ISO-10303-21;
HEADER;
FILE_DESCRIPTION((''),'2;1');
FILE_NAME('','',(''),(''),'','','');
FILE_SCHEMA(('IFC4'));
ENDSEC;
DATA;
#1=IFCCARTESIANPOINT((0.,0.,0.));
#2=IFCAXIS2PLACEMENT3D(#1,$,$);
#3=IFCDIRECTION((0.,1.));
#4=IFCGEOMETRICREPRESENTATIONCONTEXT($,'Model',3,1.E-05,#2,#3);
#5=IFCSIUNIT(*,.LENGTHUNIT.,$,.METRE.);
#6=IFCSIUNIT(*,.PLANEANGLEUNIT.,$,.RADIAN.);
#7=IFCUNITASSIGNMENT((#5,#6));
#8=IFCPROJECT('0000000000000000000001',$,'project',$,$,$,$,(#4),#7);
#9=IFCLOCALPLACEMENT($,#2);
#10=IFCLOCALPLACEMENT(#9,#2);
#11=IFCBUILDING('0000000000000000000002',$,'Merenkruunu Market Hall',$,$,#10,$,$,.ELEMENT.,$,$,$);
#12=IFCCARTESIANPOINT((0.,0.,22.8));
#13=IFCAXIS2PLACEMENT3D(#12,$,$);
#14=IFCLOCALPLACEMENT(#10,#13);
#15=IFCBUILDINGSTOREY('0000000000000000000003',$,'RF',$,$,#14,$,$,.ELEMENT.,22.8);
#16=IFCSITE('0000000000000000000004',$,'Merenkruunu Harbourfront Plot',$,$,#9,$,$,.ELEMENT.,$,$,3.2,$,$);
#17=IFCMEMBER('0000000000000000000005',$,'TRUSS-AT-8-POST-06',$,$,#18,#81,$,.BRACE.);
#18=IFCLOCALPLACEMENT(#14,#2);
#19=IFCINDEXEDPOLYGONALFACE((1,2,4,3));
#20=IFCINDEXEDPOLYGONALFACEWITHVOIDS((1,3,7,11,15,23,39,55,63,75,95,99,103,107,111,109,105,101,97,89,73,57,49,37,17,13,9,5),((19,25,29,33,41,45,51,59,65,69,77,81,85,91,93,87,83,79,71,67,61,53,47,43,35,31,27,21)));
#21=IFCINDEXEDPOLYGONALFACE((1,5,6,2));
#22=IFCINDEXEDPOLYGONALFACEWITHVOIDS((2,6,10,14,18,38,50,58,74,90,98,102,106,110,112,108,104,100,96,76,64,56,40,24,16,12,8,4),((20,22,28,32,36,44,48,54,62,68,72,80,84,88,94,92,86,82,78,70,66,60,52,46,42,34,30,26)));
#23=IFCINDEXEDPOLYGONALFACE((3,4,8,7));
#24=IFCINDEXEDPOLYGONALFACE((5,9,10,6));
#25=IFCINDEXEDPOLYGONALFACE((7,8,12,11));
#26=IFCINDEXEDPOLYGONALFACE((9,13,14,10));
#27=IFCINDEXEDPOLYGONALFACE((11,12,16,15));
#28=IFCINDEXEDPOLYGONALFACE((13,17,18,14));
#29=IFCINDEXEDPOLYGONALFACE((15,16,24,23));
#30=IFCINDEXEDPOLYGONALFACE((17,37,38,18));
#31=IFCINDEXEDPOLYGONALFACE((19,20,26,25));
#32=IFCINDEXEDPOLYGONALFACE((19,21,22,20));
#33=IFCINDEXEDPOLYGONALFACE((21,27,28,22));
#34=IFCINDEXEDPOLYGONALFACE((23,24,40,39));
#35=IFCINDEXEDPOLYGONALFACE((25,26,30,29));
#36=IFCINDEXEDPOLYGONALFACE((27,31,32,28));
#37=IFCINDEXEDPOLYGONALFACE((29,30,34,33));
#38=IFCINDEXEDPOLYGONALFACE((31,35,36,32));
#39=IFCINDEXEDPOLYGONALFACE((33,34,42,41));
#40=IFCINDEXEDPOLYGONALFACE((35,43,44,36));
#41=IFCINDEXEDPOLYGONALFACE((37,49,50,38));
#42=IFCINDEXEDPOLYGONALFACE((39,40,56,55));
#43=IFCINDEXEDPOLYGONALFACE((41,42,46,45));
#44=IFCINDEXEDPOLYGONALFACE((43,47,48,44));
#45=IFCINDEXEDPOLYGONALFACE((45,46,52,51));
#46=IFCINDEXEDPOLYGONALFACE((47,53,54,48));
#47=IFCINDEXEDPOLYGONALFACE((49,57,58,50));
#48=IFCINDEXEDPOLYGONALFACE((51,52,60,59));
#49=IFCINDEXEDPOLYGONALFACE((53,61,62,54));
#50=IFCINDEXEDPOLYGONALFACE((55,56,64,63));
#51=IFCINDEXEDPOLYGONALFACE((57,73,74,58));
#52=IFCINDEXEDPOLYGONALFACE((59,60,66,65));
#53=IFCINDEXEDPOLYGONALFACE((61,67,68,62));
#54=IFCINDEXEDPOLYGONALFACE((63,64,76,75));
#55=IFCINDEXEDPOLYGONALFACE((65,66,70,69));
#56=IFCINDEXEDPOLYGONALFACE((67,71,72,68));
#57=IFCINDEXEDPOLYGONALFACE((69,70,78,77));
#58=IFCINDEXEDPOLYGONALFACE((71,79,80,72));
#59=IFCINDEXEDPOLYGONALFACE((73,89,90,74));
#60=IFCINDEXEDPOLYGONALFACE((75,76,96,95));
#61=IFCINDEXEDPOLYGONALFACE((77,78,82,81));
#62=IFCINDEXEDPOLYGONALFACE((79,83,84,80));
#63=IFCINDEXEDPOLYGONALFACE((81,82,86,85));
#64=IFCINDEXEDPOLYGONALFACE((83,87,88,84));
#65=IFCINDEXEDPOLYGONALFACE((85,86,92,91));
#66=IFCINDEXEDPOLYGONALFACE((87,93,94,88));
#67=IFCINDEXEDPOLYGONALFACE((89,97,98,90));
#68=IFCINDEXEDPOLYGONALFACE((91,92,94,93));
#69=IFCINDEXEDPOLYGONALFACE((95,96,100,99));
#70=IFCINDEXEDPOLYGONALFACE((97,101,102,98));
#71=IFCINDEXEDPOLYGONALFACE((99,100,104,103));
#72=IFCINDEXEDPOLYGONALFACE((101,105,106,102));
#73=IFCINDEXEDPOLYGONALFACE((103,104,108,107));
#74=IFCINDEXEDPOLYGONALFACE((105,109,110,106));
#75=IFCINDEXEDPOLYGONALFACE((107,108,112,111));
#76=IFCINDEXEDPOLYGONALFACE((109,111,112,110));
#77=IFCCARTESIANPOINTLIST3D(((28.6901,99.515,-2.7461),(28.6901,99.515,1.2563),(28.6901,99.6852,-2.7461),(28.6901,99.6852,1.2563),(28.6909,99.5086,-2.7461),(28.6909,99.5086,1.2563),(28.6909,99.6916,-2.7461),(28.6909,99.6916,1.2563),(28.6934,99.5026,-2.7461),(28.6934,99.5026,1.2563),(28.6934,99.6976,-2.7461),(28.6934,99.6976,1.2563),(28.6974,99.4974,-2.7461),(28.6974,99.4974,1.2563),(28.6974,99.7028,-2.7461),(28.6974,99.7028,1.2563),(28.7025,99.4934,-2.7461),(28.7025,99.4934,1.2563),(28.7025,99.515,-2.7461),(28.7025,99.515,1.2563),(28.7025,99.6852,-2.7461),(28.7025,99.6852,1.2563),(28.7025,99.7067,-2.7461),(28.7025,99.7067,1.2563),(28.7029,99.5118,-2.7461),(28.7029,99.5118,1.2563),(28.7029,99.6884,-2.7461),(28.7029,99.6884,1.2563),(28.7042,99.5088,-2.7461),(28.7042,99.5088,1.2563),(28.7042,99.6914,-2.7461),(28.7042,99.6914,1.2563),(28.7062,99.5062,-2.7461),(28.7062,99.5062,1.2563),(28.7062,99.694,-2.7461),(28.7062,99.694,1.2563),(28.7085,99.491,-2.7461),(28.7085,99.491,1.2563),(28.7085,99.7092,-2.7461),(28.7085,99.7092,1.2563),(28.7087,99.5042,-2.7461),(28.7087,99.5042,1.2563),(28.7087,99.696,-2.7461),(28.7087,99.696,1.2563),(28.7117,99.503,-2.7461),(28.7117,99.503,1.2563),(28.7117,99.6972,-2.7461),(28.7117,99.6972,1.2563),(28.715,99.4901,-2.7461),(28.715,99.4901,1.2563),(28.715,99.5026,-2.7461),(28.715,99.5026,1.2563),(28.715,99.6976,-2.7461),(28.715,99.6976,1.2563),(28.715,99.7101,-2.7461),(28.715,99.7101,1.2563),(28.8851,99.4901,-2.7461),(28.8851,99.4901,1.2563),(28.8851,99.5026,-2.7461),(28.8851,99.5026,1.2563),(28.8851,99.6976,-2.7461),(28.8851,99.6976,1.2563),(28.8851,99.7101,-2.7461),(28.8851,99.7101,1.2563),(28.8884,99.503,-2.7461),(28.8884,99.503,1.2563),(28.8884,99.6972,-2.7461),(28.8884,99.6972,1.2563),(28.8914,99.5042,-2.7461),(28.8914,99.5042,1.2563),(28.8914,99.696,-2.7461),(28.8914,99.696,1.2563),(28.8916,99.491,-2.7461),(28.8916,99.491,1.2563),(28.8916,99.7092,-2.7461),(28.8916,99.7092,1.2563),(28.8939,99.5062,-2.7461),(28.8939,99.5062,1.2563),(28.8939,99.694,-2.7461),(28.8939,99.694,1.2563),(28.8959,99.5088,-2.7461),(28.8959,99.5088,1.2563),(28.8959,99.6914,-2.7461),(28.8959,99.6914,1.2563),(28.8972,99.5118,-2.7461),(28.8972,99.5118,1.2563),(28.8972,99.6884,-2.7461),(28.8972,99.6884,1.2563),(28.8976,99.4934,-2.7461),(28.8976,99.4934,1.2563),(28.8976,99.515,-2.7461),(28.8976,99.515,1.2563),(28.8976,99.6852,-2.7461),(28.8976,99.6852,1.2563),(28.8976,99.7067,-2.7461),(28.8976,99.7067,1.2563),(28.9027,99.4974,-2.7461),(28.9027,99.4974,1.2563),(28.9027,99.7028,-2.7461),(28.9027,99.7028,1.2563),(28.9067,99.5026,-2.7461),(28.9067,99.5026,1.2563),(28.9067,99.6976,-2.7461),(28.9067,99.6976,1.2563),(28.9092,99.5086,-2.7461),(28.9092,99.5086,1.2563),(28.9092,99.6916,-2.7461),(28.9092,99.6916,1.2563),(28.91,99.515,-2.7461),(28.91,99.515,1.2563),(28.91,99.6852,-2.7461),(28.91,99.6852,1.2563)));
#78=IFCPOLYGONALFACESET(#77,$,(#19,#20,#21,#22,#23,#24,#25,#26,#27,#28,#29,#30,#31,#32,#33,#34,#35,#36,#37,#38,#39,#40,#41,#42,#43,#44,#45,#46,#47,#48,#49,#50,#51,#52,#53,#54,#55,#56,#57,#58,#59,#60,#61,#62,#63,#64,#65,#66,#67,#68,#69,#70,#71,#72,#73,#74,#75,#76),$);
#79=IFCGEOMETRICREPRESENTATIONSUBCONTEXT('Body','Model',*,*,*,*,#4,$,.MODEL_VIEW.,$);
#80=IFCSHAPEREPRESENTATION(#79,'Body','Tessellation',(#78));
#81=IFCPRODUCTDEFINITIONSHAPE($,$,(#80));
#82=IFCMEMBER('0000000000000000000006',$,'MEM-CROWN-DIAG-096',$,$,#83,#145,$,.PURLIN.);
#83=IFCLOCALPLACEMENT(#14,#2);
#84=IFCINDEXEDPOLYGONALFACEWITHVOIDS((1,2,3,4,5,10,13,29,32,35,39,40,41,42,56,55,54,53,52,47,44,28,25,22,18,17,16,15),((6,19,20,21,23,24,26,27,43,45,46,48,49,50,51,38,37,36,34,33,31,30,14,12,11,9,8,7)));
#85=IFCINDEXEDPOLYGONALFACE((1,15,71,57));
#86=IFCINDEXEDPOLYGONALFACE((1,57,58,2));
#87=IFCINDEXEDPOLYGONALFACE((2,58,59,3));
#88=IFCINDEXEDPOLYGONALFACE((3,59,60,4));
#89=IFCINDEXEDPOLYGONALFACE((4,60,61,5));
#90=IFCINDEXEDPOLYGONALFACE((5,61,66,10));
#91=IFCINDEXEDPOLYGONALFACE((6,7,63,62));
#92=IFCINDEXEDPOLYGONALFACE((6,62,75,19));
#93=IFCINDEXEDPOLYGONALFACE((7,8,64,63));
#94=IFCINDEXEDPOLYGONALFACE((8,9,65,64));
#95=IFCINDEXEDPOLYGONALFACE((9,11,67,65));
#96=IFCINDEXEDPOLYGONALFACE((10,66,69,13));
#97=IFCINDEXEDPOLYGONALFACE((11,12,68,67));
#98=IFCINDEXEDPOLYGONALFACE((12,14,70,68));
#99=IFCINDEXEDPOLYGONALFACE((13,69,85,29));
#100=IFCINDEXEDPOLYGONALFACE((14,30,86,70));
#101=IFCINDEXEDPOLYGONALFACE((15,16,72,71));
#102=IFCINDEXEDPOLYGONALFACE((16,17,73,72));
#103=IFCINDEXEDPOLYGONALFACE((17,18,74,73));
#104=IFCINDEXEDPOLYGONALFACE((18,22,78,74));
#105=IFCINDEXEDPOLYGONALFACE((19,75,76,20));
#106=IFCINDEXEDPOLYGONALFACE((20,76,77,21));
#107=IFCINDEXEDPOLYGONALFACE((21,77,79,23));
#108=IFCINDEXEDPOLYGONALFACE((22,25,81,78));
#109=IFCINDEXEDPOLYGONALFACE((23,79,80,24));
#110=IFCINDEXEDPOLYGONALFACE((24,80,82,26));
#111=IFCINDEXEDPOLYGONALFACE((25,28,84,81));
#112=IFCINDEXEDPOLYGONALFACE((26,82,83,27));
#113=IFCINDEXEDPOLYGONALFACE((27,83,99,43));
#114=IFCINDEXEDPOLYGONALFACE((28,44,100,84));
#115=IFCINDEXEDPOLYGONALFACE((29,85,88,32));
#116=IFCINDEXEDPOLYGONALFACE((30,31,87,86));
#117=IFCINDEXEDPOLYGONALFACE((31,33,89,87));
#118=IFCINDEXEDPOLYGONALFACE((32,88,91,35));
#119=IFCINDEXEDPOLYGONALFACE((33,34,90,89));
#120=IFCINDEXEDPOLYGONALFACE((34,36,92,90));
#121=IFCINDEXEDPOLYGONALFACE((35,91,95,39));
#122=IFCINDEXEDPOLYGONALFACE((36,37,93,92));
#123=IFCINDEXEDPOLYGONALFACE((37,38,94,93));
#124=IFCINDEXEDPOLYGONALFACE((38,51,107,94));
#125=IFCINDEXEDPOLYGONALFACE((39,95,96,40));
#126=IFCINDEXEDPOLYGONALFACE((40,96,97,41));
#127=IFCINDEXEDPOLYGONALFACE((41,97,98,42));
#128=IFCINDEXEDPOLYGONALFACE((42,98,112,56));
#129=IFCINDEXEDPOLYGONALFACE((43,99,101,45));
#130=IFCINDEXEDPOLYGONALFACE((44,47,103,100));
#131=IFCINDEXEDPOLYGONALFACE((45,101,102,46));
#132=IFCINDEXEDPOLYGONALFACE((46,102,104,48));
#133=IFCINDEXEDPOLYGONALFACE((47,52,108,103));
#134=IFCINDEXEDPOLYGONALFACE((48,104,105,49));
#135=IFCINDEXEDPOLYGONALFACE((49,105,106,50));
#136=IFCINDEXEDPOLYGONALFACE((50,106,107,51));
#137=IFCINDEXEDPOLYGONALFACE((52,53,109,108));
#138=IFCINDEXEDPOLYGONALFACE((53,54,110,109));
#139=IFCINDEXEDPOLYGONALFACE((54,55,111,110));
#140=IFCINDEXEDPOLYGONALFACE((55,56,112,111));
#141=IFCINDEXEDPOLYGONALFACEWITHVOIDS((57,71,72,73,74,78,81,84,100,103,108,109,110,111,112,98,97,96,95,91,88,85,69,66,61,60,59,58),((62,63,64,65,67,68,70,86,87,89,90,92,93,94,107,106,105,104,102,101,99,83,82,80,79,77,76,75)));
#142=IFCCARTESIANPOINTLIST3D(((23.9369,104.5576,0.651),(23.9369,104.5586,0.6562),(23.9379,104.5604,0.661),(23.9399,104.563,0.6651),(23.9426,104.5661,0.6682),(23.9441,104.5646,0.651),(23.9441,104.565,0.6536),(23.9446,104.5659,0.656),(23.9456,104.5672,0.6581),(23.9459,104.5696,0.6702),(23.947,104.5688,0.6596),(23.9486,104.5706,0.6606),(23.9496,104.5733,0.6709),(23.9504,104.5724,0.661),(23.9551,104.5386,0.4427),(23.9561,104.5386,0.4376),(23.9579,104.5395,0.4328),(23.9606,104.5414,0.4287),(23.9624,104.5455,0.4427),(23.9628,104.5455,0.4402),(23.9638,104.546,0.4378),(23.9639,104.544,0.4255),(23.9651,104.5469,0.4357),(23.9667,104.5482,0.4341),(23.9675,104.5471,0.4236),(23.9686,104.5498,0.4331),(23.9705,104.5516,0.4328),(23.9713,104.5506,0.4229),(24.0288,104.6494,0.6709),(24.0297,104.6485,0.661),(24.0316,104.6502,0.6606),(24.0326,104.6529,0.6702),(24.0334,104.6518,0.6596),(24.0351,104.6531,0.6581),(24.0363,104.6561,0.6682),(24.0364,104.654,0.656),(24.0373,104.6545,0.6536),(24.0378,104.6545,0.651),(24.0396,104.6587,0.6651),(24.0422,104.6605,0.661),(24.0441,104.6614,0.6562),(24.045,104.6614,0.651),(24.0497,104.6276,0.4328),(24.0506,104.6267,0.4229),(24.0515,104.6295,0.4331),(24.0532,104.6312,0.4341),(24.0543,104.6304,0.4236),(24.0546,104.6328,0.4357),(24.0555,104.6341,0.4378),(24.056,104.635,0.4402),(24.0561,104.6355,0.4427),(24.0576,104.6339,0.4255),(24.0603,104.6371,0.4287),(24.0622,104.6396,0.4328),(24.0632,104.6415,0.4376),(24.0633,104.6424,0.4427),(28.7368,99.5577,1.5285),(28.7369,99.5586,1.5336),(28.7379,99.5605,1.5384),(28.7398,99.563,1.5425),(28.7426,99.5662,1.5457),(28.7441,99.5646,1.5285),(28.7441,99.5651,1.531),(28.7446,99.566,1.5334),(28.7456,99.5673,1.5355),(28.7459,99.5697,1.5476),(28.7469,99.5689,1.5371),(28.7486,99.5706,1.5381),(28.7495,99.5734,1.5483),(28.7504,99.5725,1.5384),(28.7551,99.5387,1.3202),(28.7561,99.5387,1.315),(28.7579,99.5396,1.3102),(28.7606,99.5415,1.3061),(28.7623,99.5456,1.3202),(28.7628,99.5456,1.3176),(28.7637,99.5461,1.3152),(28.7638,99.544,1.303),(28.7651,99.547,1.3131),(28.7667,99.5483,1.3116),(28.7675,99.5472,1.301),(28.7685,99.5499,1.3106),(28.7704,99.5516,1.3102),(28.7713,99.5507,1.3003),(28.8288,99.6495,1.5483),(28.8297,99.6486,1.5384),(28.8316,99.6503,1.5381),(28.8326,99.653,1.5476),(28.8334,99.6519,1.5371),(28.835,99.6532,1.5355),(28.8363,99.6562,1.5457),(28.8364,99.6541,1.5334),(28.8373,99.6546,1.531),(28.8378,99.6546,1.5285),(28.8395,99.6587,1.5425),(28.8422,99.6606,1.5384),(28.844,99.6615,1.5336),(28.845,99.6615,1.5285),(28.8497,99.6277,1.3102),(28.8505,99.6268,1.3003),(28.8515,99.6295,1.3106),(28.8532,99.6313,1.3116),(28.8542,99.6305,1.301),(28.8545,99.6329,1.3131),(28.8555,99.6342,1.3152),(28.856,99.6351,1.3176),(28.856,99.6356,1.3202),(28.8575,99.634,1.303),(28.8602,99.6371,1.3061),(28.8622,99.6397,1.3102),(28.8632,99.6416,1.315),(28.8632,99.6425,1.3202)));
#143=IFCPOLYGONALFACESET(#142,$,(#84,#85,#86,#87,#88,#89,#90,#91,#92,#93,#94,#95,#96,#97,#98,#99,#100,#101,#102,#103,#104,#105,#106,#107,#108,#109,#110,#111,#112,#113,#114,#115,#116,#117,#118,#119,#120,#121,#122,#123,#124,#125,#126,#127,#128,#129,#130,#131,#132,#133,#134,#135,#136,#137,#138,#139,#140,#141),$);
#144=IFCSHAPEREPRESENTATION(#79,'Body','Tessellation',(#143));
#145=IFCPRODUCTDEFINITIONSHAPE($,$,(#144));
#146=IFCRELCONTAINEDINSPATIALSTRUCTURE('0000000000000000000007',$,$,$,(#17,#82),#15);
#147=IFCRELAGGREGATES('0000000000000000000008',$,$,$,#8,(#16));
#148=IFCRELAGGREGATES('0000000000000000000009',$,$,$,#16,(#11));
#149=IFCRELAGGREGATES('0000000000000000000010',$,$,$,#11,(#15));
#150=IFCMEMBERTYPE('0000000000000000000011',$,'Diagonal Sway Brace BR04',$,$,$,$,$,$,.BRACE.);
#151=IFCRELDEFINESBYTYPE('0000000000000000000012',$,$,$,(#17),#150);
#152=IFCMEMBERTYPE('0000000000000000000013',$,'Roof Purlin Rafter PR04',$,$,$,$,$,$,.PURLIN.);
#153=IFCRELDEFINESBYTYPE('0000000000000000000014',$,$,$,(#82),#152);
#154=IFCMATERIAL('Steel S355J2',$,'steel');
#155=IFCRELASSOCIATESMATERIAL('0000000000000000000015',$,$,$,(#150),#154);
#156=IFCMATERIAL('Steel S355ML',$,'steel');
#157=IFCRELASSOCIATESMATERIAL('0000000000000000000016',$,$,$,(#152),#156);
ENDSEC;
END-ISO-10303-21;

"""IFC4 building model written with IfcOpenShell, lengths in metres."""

from ifc_helpers import new_model, si_unit, direction, frame, origin, origin_2d, place, context, subcontext, project, spatial, hollow_rectangle, extrude, material, material_profile, profile_set, type_object, element, save


model = new_model("IFC4")

# Units and contexts
model_context = context("Model", 3, precision=1e-05, world=origin(), true_north=direction((0.0, 1.0)))
body_context = subcontext(model_context, "Body", "Model", "MODEL_VIEW")
ifc_project = project(units=[si_unit("LENGTHUNIT", "METRE"), si_unit("PLANEANGLEUNIT", "RADIAN")], contexts=[model_context])

# Site, building, storey
site_placement = place(None, origin())
site = spatial("IfcSite", under=ifc_project, at=site_placement, Name="Merenkruunu Harbourfront Plot", CompositionType="ELEMENT", RefElevation=3.2)
building_placement = place(site_placement, origin())
building = spatial("IfcBuilding", under=site, at=building_placement, Name="Merenkruunu Market Hall", CompositionType="ELEMENT")
storey_placement = place(building_placement, frame((0.0, 0.0, 22.8)))
storey = spatial("IfcBuildingStorey", under=building, at=storey_placement, Name="RF", CompositionType="ELEMENT", Elevation=22.8)

# Members
ifc_material_1 = material(Name="Steel S355ML", Category="steel")
ifc_material_2 = material(Name="Steel S355J2", Category="steel")
ifc_material_profile_1 = material_profile(ifc_material_2, hollow_rectangle(XDim=0.22, YDim=0.22, WallThickness=0.0125, InnerFilletRadius=0.0125, OuterFilletRadius=0.0249, at=origin_2d()), Name="SHS 220x220x12.5")
ifc_profile_set_1 = profile_set([ifc_material_profile_1], Name="Steel S355J2")
member_type_1 = type_object("IfcMemberType", Name="Diagonal Sway Brace BR04", PredefinedType="BRACE", material=ifc_profile_set_1)
member_1_placement = place(storey_placement, frame((28.8, 99.6001, -2.7461), z_axis=(0.0, 0.0, 1.0), x_axis=(1.0, 0.0, 0.0)))
element("IfcMember", 1, at=member_1_placement, inside=storey, type_object=member_type_1, Name="TRUSS-AT-8-POST-06", PredefinedType="BRACE", context=body_context, shape_type="SweptSolid", body=[
    extrude(hollow_rectangle(XDim=0.22, YDim=0.22, WallThickness=0.0125, InnerFilletRadius=0.0125, OuterFilletRadius=0.0249, at=origin_2d()), origin(), (0.0, 0.0, 1.0), 4.0024),
])
ifc_material_profile_2 = material_profile(ifc_material_1, hollow_rectangle(XDim=0.1499, YDim=0.25, WallThickness=0.01, InnerFilletRadius=0.01, OuterFilletRadius=0.02, at=origin_2d()), Name="RHS 250x150x10")
ifc_profile_set_2 = profile_set([ifc_material_profile_2], Name="Steel S355ML")
member_type_2 = type_object("IfcMemberType", Name="Roof Purlin Rafter PR04", PredefinedType="PURLIN", material=ifc_profile_set_2)
for number, where, z_axis, x_axis, name in (
    (2, (28.8, 99.6001, 1.4243), (-0.687052, 0.715672, -0.125592), (-0.721384, -0.692535, 0.0), "MEM-CROWN-DIAG-096"),
):
    element("IfcMember", number, at=place(storey_placement, frame(where, z_axis=z_axis, x_axis=x_axis)), inside=storey, type_object=member_type_2, Name=name, PredefinedType="PURLIN", context=body_context, shape_type="SweptSolid", body=[
        extrude(hollow_rectangle(XDim=0.1499, YDim=0.25, WallThickness=0.01, InnerFilletRadius=0.01, OuterFilletRadius=0.02, at=origin_2d()), origin(), (0.0, 0.0, 1.0), 6.9863),
    ])

save(model, "model.ifc")
